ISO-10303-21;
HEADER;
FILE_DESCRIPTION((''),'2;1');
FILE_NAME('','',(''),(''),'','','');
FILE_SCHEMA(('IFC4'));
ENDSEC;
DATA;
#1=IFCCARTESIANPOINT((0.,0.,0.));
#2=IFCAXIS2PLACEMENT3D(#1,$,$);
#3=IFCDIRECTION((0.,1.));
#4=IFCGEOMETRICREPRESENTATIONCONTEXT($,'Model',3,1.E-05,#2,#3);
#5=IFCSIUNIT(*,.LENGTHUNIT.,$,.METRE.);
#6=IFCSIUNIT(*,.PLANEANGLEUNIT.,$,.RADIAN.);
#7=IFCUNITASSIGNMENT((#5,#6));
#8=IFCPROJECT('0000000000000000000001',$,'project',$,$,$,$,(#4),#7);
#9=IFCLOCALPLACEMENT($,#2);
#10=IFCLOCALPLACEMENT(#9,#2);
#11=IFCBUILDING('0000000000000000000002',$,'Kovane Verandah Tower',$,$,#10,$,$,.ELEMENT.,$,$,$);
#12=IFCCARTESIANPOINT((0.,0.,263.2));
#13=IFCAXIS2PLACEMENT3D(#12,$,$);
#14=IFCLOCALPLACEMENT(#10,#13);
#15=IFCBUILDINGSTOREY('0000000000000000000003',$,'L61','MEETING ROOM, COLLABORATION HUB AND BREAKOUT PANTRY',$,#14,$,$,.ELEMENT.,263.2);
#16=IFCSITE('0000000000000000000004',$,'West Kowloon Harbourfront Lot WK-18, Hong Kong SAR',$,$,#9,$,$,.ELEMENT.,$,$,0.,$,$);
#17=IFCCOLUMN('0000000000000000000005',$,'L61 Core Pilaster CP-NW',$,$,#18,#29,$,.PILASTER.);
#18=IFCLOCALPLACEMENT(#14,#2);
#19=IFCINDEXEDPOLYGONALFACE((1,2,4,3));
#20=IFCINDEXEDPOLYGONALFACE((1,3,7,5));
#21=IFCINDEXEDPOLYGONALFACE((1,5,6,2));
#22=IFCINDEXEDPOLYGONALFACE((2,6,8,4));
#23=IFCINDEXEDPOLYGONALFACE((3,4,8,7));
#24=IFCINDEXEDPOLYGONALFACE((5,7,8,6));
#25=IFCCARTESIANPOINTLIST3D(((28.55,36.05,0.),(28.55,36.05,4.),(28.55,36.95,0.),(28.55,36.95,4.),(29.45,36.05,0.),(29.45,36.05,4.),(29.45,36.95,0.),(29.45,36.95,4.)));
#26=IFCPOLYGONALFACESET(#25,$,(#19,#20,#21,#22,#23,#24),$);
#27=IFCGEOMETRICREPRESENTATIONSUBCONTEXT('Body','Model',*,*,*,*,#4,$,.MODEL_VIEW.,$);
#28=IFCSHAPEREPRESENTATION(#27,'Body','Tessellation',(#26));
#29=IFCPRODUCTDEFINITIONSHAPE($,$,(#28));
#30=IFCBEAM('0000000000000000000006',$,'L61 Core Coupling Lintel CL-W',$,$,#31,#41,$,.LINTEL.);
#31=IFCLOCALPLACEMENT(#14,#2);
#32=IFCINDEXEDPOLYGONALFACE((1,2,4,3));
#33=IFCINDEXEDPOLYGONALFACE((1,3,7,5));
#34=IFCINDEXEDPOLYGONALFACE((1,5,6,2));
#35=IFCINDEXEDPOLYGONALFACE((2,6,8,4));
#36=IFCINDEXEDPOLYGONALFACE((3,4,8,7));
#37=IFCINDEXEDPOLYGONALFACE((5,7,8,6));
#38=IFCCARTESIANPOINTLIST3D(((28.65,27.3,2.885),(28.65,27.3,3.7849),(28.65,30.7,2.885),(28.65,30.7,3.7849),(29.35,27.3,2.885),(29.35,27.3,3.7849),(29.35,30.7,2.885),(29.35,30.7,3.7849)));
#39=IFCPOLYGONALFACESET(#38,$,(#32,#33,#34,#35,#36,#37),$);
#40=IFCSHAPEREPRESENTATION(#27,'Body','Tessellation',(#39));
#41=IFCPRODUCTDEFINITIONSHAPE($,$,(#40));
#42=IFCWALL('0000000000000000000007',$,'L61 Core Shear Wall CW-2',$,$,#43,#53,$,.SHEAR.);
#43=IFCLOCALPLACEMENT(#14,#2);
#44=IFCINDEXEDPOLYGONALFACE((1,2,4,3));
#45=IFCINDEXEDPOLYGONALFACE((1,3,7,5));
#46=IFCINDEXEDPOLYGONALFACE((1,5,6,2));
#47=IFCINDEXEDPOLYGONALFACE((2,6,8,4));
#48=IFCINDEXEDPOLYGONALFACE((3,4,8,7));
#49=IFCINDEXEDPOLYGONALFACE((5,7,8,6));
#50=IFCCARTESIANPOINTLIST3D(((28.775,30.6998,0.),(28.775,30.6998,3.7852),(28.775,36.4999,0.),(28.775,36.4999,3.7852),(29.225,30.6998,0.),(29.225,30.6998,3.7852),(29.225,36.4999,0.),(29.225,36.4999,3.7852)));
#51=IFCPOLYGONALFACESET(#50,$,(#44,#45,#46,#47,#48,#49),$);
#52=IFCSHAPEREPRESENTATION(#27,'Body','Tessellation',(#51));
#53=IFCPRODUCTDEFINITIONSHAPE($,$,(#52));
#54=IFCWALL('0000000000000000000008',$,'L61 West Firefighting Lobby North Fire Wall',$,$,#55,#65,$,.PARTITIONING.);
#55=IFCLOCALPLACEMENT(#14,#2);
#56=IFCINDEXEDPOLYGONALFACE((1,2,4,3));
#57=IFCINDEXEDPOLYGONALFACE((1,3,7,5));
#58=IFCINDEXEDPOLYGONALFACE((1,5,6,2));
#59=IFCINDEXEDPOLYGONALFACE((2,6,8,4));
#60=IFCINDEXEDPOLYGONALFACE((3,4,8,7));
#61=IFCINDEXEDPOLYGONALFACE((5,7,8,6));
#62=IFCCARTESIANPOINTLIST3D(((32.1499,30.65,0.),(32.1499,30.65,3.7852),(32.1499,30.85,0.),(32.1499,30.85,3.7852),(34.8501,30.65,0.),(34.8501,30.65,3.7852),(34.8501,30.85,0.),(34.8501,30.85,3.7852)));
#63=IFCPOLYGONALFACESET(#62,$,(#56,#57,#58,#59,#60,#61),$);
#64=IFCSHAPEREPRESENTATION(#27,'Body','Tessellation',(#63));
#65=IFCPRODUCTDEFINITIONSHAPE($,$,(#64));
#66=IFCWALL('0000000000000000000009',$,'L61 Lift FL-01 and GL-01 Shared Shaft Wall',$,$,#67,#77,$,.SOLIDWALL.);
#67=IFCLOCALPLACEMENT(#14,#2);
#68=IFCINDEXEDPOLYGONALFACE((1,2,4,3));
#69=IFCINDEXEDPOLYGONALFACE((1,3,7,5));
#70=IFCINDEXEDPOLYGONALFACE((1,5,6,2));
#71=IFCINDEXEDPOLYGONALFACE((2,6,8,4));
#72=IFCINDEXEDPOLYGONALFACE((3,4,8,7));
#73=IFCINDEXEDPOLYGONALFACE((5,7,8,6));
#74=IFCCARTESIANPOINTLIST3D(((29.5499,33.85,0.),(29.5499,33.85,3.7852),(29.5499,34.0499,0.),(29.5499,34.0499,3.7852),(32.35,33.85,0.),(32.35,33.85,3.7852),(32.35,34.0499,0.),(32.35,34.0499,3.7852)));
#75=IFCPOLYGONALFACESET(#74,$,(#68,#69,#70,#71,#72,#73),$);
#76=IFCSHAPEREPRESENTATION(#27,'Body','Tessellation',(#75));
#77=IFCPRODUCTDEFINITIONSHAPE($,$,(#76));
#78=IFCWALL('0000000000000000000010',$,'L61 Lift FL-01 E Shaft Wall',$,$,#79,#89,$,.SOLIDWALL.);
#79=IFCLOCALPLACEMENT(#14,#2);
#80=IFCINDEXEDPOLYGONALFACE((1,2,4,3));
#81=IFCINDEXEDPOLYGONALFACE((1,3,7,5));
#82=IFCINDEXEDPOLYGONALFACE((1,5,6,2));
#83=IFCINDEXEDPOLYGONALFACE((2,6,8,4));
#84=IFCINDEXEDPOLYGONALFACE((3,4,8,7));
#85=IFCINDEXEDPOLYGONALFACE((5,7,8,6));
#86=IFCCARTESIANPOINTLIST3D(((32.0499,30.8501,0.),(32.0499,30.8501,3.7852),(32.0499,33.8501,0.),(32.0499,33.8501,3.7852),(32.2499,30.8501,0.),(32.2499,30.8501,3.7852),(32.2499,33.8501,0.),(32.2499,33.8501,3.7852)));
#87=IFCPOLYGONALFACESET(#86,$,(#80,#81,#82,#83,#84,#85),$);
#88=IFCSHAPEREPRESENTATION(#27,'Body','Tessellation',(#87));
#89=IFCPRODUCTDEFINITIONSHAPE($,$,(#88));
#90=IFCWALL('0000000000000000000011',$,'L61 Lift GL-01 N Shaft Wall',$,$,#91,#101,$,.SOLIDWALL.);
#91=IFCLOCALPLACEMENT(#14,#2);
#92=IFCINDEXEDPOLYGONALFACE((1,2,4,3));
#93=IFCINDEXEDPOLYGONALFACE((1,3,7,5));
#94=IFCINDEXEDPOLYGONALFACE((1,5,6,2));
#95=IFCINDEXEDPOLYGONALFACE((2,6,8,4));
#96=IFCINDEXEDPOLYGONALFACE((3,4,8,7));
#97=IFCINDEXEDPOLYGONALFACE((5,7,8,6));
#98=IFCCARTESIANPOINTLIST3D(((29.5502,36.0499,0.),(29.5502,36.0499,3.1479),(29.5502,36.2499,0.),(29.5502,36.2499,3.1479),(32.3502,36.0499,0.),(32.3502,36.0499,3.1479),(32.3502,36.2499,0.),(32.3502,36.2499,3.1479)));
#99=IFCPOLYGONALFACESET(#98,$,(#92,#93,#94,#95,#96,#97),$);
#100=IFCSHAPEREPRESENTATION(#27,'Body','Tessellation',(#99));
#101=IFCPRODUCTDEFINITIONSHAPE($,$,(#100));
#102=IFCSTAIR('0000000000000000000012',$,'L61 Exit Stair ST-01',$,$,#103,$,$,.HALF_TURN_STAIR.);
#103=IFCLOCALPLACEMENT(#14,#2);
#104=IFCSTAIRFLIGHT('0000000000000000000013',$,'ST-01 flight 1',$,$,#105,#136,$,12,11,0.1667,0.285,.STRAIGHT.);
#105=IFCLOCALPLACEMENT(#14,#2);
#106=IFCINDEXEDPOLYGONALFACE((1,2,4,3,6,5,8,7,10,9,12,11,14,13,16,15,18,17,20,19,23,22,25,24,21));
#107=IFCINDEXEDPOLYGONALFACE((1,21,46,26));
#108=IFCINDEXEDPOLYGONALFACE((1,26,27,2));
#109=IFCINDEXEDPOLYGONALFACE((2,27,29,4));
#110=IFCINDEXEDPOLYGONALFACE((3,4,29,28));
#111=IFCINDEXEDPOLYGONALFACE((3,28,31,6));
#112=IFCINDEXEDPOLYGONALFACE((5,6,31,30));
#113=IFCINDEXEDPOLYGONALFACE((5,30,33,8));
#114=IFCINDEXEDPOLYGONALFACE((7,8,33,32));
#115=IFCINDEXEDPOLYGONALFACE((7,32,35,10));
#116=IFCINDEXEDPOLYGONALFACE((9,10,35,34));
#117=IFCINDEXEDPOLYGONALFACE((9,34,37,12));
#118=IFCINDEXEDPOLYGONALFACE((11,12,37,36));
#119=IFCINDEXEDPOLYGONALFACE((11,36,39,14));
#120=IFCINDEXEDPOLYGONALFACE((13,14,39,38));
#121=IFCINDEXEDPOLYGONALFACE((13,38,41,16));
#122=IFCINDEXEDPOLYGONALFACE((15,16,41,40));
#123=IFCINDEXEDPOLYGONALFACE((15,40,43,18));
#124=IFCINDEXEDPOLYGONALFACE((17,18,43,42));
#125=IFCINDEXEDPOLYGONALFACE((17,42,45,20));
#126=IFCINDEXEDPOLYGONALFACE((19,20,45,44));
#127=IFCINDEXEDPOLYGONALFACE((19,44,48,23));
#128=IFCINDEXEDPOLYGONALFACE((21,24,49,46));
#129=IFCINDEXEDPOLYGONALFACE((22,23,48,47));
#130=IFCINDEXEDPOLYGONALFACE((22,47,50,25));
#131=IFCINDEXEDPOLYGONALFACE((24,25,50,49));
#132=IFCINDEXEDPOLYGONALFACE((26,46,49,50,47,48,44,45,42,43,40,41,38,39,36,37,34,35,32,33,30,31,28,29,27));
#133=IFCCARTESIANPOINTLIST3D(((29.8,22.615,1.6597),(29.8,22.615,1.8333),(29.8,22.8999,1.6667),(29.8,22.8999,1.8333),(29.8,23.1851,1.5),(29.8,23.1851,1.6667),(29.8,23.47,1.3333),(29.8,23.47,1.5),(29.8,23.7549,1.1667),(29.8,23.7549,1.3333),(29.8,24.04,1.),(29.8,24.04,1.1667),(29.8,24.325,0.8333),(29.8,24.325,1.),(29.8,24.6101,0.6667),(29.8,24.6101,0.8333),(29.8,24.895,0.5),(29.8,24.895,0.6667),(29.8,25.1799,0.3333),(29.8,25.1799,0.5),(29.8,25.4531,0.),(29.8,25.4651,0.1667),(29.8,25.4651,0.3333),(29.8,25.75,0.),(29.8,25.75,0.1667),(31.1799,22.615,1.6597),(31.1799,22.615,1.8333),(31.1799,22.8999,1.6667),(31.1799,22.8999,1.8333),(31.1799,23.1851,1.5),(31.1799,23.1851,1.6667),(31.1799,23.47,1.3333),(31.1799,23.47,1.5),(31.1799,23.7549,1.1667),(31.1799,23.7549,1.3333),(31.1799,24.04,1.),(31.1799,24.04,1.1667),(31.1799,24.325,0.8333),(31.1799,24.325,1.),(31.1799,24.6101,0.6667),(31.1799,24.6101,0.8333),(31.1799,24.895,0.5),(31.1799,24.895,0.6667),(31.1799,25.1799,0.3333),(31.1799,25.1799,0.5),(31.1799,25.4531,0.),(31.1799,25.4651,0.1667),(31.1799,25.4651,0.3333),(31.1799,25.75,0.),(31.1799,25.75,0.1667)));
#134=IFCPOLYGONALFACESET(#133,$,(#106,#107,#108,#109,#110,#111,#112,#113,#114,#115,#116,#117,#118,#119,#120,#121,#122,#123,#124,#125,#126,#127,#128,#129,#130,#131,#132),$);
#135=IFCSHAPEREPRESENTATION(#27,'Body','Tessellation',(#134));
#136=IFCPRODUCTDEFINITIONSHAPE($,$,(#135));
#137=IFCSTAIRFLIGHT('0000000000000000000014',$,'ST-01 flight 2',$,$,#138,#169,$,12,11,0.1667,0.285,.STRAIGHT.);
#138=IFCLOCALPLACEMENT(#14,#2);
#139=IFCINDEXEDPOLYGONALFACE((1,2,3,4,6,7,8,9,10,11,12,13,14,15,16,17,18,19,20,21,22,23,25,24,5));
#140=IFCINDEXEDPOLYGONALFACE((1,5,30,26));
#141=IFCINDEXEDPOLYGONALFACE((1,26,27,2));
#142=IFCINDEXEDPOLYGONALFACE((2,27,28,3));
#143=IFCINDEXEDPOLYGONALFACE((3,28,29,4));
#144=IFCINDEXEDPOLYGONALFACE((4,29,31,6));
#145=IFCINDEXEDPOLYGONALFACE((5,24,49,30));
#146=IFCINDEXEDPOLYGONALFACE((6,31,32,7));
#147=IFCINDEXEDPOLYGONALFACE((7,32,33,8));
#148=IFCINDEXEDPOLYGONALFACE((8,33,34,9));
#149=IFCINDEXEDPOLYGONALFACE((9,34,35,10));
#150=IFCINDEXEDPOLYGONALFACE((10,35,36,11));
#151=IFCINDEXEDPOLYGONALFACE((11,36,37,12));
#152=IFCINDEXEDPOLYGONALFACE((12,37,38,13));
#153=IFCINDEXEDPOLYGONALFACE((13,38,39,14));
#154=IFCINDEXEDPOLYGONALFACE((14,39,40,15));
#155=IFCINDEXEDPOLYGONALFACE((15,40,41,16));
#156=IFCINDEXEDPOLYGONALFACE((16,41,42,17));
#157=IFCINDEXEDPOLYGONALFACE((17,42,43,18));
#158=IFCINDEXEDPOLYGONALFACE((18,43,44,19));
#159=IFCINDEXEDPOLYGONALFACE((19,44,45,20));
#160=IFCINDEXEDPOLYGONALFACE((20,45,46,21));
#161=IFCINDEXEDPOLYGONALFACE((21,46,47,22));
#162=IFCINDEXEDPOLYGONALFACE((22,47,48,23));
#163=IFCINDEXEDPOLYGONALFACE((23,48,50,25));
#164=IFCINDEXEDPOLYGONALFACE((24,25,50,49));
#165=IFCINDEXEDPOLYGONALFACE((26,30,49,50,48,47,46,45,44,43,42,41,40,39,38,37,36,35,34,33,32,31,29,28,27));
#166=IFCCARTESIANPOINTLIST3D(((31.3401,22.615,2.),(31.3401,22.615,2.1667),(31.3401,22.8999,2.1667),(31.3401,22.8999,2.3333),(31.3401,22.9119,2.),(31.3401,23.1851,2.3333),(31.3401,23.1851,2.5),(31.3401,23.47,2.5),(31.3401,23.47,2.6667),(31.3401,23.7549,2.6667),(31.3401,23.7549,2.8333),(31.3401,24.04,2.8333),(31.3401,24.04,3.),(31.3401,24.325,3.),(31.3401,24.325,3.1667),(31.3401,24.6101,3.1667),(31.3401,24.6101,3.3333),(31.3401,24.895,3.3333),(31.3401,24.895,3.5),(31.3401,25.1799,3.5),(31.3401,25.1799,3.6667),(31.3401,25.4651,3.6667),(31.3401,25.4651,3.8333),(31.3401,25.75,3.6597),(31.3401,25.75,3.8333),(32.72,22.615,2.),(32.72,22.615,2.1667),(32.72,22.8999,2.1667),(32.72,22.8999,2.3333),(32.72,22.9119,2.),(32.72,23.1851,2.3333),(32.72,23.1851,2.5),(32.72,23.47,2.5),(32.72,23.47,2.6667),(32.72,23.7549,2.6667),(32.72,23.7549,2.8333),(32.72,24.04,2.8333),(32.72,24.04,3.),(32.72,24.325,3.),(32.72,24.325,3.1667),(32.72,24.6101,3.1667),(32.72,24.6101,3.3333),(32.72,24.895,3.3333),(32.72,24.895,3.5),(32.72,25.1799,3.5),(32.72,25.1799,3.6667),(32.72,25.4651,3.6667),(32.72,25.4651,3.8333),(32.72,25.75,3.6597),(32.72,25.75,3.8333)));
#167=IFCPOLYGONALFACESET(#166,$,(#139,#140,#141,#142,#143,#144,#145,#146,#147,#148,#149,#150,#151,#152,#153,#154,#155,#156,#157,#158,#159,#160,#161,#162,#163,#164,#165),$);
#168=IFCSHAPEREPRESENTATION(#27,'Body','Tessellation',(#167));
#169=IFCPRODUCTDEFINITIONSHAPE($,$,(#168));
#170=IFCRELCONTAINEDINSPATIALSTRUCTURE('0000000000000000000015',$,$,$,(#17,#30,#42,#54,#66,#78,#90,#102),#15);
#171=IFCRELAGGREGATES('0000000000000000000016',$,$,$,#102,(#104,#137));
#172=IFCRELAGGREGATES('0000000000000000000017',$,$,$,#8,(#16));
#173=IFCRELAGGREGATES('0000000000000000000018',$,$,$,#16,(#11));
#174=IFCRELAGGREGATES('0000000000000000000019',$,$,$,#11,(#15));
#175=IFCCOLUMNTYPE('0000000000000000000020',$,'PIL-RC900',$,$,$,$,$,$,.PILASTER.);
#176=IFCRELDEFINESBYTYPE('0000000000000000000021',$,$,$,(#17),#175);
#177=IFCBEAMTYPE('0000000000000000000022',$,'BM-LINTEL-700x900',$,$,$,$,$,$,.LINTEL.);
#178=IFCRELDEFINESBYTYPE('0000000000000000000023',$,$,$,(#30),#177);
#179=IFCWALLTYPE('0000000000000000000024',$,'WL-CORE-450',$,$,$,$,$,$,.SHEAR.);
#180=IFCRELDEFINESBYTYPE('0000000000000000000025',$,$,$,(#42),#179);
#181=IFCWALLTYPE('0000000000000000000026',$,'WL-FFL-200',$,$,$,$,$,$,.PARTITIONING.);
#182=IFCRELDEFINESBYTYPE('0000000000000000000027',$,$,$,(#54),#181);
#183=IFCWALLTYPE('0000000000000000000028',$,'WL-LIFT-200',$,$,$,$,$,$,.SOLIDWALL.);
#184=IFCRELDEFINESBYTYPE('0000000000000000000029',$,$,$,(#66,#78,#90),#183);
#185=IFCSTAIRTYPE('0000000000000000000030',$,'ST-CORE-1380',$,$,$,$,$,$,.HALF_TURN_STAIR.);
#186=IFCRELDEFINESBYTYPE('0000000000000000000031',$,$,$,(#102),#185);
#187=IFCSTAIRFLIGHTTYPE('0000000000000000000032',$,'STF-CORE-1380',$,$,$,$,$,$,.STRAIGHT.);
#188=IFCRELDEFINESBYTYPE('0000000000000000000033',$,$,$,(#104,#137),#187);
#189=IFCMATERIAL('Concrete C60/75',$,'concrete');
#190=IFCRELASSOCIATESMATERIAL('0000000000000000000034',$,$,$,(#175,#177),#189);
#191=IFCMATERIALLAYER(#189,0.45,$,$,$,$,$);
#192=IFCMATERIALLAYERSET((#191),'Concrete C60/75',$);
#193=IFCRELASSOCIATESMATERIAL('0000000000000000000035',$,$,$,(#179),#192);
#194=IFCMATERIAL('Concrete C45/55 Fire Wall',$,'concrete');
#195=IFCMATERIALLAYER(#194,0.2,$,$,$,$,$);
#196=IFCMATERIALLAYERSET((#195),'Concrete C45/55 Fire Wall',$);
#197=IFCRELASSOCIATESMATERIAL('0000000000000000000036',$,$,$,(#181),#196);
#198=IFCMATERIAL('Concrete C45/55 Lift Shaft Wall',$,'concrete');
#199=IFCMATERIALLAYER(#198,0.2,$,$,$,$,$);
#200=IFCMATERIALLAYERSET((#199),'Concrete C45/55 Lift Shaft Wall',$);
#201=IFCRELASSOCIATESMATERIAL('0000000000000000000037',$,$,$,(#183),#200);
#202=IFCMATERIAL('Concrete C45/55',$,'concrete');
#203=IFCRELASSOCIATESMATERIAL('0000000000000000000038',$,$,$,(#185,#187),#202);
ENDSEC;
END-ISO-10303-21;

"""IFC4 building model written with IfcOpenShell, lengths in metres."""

from ifc_helpers import new_model, si_unit, direction, frame, frame_2d, origin, origin_2d, place, context, subcontext, project, spatial, polyline, rectangle, outline, extrude, material, layer, layer_set, material_profile, profile_set, type_object, element, aggregate, save


model = new_model("IFC4")

# Units and contexts
model_context = context("Model", 3, precision=1e-05, world=origin(), true_north=direction((0.0, 1.0)))
body_context = subcontext(model_context, "Body", "Model", "MODEL_VIEW")
ifc_project = project(units=[si_unit("LENGTHUNIT", "METRE"), si_unit("PLANEANGLEUNIT", "RADIAN")], contexts=[model_context])

# Site, building, storey
site_placement = place(None, origin())
site = spatial("IfcSite", under=ifc_project, at=site_placement, Name="West Kowloon Harbourfront Lot WK-18, Hong Kong SAR", CompositionType="ELEMENT", RefElevation=0.0)
building_placement = place(site_placement, origin())
building = spatial("IfcBuilding", under=site, at=building_placement, Name="Kovane Verandah Tower", CompositionType="ELEMENT")
storey_placement = place(building_placement, frame((0.0, 0.0, 263.2)))
storey = spatial("IfcBuildingStorey", under=building, at=storey_placement, Name="L61", Description="MEETING ROOM, COLLABORATION HUB AND BREAKOUT PANTRY", CompositionType="ELEMENT", Elevation=263.2)

# Column
ifc_material_1 = material(Name="Concrete C60/75", Category="concrete")
ifc_material_profile_1 = material_profile(ifc_material_1, rectangle(XDim=0.8999, YDim=0.8999, at=origin_2d()), Name="RC900x900")
ifc_profile_set_1 = profile_set([ifc_material_profile_1], Name="Concrete C60/75")
column_type = type_object("IfcColumnType", Name="PIL-RC900", PredefinedType="PILASTER", material=ifc_profile_set_1)
column_placement = place(storey_placement, frame((29.0, 36.5, 0.0), z_axis=(0.0, 0.0, 1.0), x_axis=(1.0, 0.0, 0.0)))
element("IfcColumn", 1, at=column_placement, inside=storey, type_object=column_type, Name="L61 Core Pilaster CP-NW", PredefinedType="PILASTER", context=body_context, shape_type="SweptSolid", body=[
    extrude(rectangle(XDim=0.8999, YDim=0.8999, at=origin_2d()), origin(), (0.0, 0.0, 1.0), 4.0),
])

# Beam
ifc_material_profile_2 = material_profile(ifc_material_1, rectangle(XDim=0.7, YDim=0.8999, at=origin_2d()), Name="RCB700x900")
ifc_profile_set_2 = profile_set([ifc_material_profile_2], Name="Concrete C60/75")
beam_type = type_object("IfcBeamType", Name="BM-LINTEL-700x900", PredefinedType="LINTEL", material=ifc_profile_set_2)
beam_placement = place(storey_placement, frame((29.0, 27.3, 3.335), z_axis=(0.0, 1.0, 0.0), x_axis=(-1.0, 0.0, 0.0)))
element("IfcBeam", 2, at=beam_placement, inside=storey, type_object=beam_type, Name="L61 Core Coupling Lintel CL-W", PredefinedType="LINTEL", context=body_context, shape_type="SweptSolid", body=[
    extrude(rectangle(XDim=0.7, YDim=0.8999, at=origin_2d()), origin(), (0.0, 0.0, 1.0), 3.3999),
])

# Wall
ifc_layer_1 = layer(ifc_material_1, 0.45)
ifc_layer_set_1 = layer_set([ifc_layer_1], Name="Concrete C60/75")
wall_type_1 = type_object("IfcWallType", Name="WL-CORE-450", PredefinedType="SHEAR", material=ifc_layer_set_1)
wall_1_placement = place(storey_placement, frame((29.0, 30.7, 0.0), z_axis=(0.0, 0.0, 1.0), x_axis=(0.0, 1.0, 0.0)))
element("IfcWall", 3, at=wall_1_placement, inside=storey, type_object=wall_type_1, Name="L61 Core Shear Wall CW-2", PredefinedType="SHEAR", context=body_context, shape_type="SweptSolid", body=[
    extrude(rectangle(XDim=5.8, YDim=0.45, at=frame_2d((2.8999, 0.0))), origin(), (0.0, 0.0, 1.0), 3.7852),
])

# Shared definitions
ifc_material_2 = material(Name="Concrete C45/55 Fire Wall", Category="concrete")
ifc_layer_2 = layer(ifc_material_2, 0.2)
ifc_layer_set_2 = layer_set([ifc_layer_2], Name="Concrete C45/55 Fire Wall")
wall_type_2 = type_object("IfcWallType", Name="WL-FFL-200", PredefinedType="PARTITIONING", material=ifc_layer_set_2)

# Wall
wall_2_placement = place(storey_placement, frame((32.1499, 30.75, 0.0), z_axis=(0.0, 0.0, 1.0), x_axis=(1.0, 0.0, 0.0)))
element("IfcWall", 4, at=wall_2_placement, inside=storey, type_object=wall_type_2, Name="L61 West Firefighting Lobby North Fire Wall", PredefinedType="PARTITIONING", context=body_context, shape_type="SweptSolid", body=[
    extrude(rectangle(XDim=2.7002, YDim=0.2, at=frame_2d((1.3501, 0.0))), origin(), (0.0, 0.0, 1.0), 3.7852),
])

# Shared definitions
ifc_material_3 = material(Name="Concrete C45/55 Lift Shaft Wall", Category="concrete")
ifc_layer_3 = layer(ifc_material_3, 0.2)
ifc_layer_set_3 = layer_set([ifc_layer_3], Name="Concrete C45/55 Lift Shaft Wall")
wall_type_3 = type_object("IfcWallType", Name="WL-LIFT-200", PredefinedType="SOLIDWALL", material=ifc_layer_set_3)

# Walls
wall_3_placement = place(storey_placement, frame((29.55, 33.95, 0.0), z_axis=(0.0, 0.0, 1.0), x_axis=(1.0, 0.0, 0.0)))
element("IfcWall", 5, at=wall_3_placement, inside=storey, type_object=wall_type_3, Name="L61 Lift FL-01 and GL-01 Shared Shaft Wall", PredefinedType="SOLIDWALL", context=body_context, shape_type="SweptSolid", body=[
    extrude(rectangle(XDim=2.8, YDim=0.2, at=frame_2d((1.3999, 0.0))), origin(), (0.0, 0.0, 1.0), 3.7852),
])
wall_4_placement = place(storey_placement, frame((32.1499, 30.8501, 0.0), z_axis=(0.0, 0.0, 1.0), x_axis=(0.0, 1.0, 0.0)))
element("IfcWall", 6, at=wall_4_placement, inside=storey, type_object=wall_type_3, Name="L61 Lift FL-01 E Shaft Wall", PredefinedType="SOLIDWALL", context=body_context, shape_type="SweptSolid", body=[
    extrude(rectangle(XDim=3.0, YDim=0.2, at=frame_2d((1.5, 0.0))), origin(), (0.0, 0.0, 1.0), 3.7852),
])
wall_5_placement = place(storey_placement, frame((32.3501, 36.1499, 0.0), z_axis=(0.0, 0.0, 1.0), x_axis=(-1.0, 0.0, 0.0)))
element("IfcWall", 7, at=wall_5_placement, inside=storey, type_object=wall_type_3, Name="L61 Lift GL-01 N Shaft Wall", PredefinedType="SOLIDWALL", context=body_context, shape_type="SweptSolid", body=[
    extrude(rectangle(XDim=2.8, YDim=0.2, at=frame_2d((1.3999, 0.0))), origin(), (0.0, 0.0, 1.0), 3.1479),
])

# Shared definitions
ifc_material_4 = material(Name="Concrete C45/55", Category="concrete")

# Stair, stair flights
stair_type = type_object("IfcStairType", Name="ST-CORE-1380", PredefinedType="HALF_TURN_STAIR", material=ifc_material_4)
stair_placement = place(storey_placement, origin())
stair = element("IfcStair", 8, at=stair_placement, inside=storey, type_object=stair_type, Name="L61 Exit Stair ST-01", PredefinedType="HALF_TURN_STAIR")
stair_flight_type = type_object("IfcStairFlightType", Name="STF-CORE-1380", PredefinedType="STRAIGHT", material=ifc_material_4)
stair_flight_1_placement = place(storey_placement, frame((30.49, 25.75, 0.0), z_axis=(0.0, 0.0, 1.0), x_axis=(0.0, -1.0, 0.0)))
stair_flight_1 = element("IfcStairFlight", 9, at=stair_flight_1_placement, type_object=stair_flight_type, Name="ST-01 flight 1", NumberOfRisers=12, NumberOfTreads=11, PredefinedType="STRAIGHT", RiserHeight=0.1667, TreadLength=0.285, context=body_context, shape_type="SweptSolid", body=[
    extrude(outline(polyline([(0.0, 0.0), (0.0, 0.1667), (0.2849, 0.1667), (0.2849, 0.3333), (0.5701, 0.3333), (0.5701, 0.5), (0.855, 0.5), (0.855, 0.6667), (1.1399, 0.6667), (1.1399, 0.8333), (1.425, 0.8333), (1.425, 1.0), (1.71, 1.0), (1.71, 1.1667), (1.9951, 1.1667), (1.9951, 1.3333), (2.28, 1.3333), (2.28, 1.5), (2.5649, 1.5), (2.5649, 1.6667), (2.8501, 1.6667), (2.8501, 1.8333), (3.135, 1.8333), (3.135, 2.0), (3.135, 1.6597), (0.2969, 0.0), (0.0, 0.0)])), frame((0.0, 0.6899, 0.0), z_axis=(0.0, -1.0, 0.0), x_axis=(1.0, 0.0, 0.0)), (0.0, 0.0, 1.0), 1.3799),
])
stair_flight_2_placement = place(storey_placement, frame((32.03, 22.615, 2.0), z_axis=(0.0, 0.0, 1.0), x_axis=(0.0, 1.0, 0.0)))
stair_flight_2 = element("IfcStairFlight", 10, at=stair_flight_2_placement, type_object=stair_flight_type, Name="ST-01 flight 2", NumberOfRisers=12, NumberOfTreads=11, PredefinedType="STRAIGHT", RiserHeight=0.1667, TreadLength=0.285, context=body_context, shape_type="SweptSolid", body=[
    extrude(outline(polyline([(0.0, 0.0), (0.0, 0.1667), (0.2849, 0.1667), (0.2849, 0.3333), (0.5701, 0.3333), (0.5701, 0.5), (0.855, 0.5), (0.855, 0.6667), (1.1399, 0.6667), (1.1399, 0.8333), (1.425, 0.8333), (1.425, 1.0), (1.71, 1.0), (1.71, 1.1667), (1.9951, 1.1667), (1.9951, 1.3333), (2.28, 1.3333), (2.28, 1.5), (2.5649, 1.5), (2.5649, 1.6667), (2.8501, 1.6667), (2.8501, 1.8333), (3.135, 1.8333), (3.135, 2.0), (3.135, 1.6597), (0.2969, 0.0), (0.0, 0.0)])), frame((0.0, 0.6899, 0.0), z_axis=(0.0, -1.0, 0.0), x_axis=(1.0, 0.0, 0.0)), (0.0, 0.0, 1.0), 1.3799),
])
aggregate(stair, [stair_flight_1, stair_flight_2])

save(model, "model.ifc")
